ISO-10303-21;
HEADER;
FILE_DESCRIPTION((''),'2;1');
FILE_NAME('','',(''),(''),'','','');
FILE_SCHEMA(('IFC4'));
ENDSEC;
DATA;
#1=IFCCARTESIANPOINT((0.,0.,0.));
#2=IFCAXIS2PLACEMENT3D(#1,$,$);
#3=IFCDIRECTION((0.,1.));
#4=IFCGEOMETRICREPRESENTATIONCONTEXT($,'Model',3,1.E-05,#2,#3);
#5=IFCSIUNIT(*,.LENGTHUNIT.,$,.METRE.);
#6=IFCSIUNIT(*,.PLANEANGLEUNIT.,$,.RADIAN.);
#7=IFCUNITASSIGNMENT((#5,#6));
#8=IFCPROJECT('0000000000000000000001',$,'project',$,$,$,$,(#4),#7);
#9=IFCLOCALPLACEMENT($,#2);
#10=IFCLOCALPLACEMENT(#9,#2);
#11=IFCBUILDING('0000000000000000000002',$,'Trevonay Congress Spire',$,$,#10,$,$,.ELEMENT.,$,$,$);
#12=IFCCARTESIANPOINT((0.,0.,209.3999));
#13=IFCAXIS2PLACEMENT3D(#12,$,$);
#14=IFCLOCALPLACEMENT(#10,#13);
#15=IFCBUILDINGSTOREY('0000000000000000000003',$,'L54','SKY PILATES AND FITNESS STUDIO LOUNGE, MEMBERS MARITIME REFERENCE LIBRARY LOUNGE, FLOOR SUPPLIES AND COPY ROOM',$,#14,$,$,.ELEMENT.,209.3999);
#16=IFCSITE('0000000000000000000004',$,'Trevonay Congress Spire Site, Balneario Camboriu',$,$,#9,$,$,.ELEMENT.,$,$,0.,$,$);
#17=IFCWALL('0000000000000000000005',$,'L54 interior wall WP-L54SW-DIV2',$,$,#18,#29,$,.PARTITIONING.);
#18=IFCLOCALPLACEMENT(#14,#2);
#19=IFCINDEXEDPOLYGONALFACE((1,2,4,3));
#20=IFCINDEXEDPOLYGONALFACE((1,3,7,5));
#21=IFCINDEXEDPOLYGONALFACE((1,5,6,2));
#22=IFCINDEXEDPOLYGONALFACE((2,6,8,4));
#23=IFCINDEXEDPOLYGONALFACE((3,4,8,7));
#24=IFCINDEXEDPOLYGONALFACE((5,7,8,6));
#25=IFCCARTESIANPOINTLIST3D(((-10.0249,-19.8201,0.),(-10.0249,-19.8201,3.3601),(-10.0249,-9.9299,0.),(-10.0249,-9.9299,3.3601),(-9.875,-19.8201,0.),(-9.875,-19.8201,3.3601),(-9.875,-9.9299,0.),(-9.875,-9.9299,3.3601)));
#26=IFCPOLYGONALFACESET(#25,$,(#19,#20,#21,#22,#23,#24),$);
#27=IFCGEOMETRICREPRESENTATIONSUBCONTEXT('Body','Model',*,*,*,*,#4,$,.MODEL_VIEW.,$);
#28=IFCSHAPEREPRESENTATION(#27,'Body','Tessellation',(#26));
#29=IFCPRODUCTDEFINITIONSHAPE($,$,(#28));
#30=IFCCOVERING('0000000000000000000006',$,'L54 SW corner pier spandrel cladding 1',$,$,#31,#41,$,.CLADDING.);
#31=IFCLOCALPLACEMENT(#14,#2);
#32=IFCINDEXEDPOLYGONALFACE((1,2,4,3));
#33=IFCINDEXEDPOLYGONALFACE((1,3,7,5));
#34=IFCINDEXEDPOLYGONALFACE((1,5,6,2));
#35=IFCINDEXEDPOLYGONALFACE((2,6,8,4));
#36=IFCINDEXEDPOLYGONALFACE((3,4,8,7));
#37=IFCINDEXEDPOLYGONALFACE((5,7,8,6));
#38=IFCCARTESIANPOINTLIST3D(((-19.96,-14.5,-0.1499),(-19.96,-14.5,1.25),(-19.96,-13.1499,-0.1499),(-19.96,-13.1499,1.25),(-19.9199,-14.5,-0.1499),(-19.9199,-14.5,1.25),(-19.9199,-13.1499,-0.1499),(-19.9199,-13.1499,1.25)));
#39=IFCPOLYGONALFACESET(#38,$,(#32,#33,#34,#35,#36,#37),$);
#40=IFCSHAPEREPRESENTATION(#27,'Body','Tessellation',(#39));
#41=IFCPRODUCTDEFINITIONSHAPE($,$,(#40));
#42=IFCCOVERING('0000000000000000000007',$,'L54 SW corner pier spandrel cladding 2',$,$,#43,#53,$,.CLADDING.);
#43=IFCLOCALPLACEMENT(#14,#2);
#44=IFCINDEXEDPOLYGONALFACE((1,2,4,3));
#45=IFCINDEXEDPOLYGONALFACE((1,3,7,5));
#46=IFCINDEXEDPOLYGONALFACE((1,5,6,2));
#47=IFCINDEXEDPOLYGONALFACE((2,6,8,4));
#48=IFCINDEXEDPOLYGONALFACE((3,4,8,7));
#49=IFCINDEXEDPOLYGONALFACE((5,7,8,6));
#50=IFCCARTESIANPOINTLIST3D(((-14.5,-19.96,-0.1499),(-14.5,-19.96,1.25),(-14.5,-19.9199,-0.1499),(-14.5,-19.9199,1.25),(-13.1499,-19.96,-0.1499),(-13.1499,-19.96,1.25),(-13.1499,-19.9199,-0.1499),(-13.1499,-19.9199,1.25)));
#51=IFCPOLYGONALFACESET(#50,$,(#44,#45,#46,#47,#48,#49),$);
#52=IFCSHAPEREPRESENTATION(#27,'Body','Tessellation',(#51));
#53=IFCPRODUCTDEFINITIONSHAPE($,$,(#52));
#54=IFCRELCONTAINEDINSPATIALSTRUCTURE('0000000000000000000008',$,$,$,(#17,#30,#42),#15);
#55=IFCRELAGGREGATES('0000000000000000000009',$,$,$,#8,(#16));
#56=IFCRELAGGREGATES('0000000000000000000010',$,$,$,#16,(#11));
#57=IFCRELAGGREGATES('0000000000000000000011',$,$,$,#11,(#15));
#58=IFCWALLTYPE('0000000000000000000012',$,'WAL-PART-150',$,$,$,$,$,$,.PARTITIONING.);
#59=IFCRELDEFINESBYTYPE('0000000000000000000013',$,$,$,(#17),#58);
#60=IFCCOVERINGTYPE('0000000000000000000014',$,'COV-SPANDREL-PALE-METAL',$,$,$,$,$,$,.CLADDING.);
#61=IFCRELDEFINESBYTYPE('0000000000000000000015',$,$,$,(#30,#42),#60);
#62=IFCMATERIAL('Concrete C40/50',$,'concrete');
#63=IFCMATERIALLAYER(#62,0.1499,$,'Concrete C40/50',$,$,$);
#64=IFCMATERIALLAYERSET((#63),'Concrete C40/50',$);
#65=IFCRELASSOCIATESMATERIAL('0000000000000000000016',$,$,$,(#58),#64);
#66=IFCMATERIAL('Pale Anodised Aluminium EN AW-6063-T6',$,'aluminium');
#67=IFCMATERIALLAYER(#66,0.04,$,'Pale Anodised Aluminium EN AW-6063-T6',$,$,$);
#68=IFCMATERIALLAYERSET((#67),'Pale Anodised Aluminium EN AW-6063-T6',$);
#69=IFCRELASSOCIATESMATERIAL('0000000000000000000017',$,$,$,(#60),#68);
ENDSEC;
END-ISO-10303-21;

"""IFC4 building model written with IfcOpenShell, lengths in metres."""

from ifc_helpers import new_model, si_unit, direction, frame, frame_2d, origin, place, context, subcontext, project, spatial, rectangle, extrude, material, layer, layer_set, type_object, element, save


model = new_model("IFC4")

# Units and contexts
model_context = context("Model", 3, precision=1e-05, world=origin(), true_north=direction((0.0, 1.0)))
body_context = subcontext(model_context, "Body", "Model", "MODEL_VIEW")
ifc_project = project(units=[si_unit("LENGTHUNIT", "METRE"), si_unit("PLANEANGLEUNIT", "RADIAN")], contexts=[model_context])

# Site, building, storey
site_placement = place(None, origin())
site = spatial("IfcSite", under=ifc_project, at=site_placement, Name="Trevonay Congress Spire Site, Balneario Camboriu", CompositionType="ELEMENT", RefElevation=0.0)
building_placement = place(site_placement, origin())
building = spatial("IfcBuilding", under=site, at=building_placement, Name="Trevonay Congress Spire", CompositionType="ELEMENT")
storey_placement = place(building_placement, frame((0.0, 0.0, 209.3999)))
storey = spatial("IfcBuildingStorey", under=building, at=storey_placement, Name="L54", Description="SKY PILATES AND FITNESS STUDIO LOUNGE, MEMBERS MARITIME REFERENCE LIBRARY LOUNGE, FLOOR SUPPLIES AND COPY ROOM", CompositionType="ELEMENT", Elevation=209.3999)

# Shared definitions
ifc_material_1 = material(Name="Pale Anodised Aluminium EN AW-6063-T6", Category="aluminium")

# Wall
ifc_material_2 = material(Name="Concrete C40/50", Category="concrete")
ifc_layer_1 = layer(ifc_material_2, 0.1499, Name="Concrete C40/50")
ifc_layer_set_1 = layer_set([ifc_layer_1], Name="Concrete C40/50")
wall_type_1 = type_object("IfcWallType", Name="WAL-PART-150", PredefinedType="PARTITIONING", material=ifc_layer_set_1)
for number, where, z_axis, x_axis, name in (
    (1, (-9.95, -19.8201, 0.0), (0.0, 0.0, 1.0), (0.0, 1.0, 0.0), "L54 interior wall WP-L54SW-DIV2"),
):
    element("IfcWall", number, at=place(storey_placement, frame(where, z_axis=z_axis, x_axis=x_axis)), inside=storey, type_object=wall_type_1, Name=name, PredefinedType="PARTITIONING", context=body_context, shape_type="SweptSolid", body=[
        extrude(rectangle(XDim=9.8901, YDim=0.1499, at=frame_2d((4.9451, 0.0))), origin(), (0.0, 0.0, 1.0), 3.3601),
    ])

# Coverings
ifc_layer_2 = layer(ifc_material_1, 0.04, Name="Pale Anodised Aluminium EN AW-6063-T6")
ifc_layer_set_2 = layer_set([ifc_layer_2], Name="Pale Anodised Aluminium EN AW-6063-T6")
covering_type = type_object("IfcCoveringType", Name="COV-SPANDREL-PALE-METAL", PredefinedType="CLADDING", material=ifc_layer_set_2)
for number, where, z_axis, x_axis, name in (
    (2, (-19.9399, -13.1499, -0.1499), (0.0, 0.0, 1.0), (0.0, -1.0, 0.0), "L54 SW corner pier spandrel cladding 1"),
    (3, (-13.1499, -19.9399, -0.1499), (0.0, 0.0, 1.0), (-1.0, 0.0, 0.0), "L54 SW corner pier spandrel cladding 2"),
):
    element("IfcCovering", number, at=place(storey_placement, frame(where, z_axis=z_axis, x_axis=x_axis)), inside=storey, type_object=covering_type, Name=name, PredefinedType="CLADDING", context=body_context, shape_type="SweptSolid", body=[
        extrude(rectangle(XDim=1.3501, YDim=0.04, at=frame_2d((0.675, 0.0))), origin(), (0.0, 0.0, 1.0), 1.3999),
    ])

save(model, "model.ifc")
